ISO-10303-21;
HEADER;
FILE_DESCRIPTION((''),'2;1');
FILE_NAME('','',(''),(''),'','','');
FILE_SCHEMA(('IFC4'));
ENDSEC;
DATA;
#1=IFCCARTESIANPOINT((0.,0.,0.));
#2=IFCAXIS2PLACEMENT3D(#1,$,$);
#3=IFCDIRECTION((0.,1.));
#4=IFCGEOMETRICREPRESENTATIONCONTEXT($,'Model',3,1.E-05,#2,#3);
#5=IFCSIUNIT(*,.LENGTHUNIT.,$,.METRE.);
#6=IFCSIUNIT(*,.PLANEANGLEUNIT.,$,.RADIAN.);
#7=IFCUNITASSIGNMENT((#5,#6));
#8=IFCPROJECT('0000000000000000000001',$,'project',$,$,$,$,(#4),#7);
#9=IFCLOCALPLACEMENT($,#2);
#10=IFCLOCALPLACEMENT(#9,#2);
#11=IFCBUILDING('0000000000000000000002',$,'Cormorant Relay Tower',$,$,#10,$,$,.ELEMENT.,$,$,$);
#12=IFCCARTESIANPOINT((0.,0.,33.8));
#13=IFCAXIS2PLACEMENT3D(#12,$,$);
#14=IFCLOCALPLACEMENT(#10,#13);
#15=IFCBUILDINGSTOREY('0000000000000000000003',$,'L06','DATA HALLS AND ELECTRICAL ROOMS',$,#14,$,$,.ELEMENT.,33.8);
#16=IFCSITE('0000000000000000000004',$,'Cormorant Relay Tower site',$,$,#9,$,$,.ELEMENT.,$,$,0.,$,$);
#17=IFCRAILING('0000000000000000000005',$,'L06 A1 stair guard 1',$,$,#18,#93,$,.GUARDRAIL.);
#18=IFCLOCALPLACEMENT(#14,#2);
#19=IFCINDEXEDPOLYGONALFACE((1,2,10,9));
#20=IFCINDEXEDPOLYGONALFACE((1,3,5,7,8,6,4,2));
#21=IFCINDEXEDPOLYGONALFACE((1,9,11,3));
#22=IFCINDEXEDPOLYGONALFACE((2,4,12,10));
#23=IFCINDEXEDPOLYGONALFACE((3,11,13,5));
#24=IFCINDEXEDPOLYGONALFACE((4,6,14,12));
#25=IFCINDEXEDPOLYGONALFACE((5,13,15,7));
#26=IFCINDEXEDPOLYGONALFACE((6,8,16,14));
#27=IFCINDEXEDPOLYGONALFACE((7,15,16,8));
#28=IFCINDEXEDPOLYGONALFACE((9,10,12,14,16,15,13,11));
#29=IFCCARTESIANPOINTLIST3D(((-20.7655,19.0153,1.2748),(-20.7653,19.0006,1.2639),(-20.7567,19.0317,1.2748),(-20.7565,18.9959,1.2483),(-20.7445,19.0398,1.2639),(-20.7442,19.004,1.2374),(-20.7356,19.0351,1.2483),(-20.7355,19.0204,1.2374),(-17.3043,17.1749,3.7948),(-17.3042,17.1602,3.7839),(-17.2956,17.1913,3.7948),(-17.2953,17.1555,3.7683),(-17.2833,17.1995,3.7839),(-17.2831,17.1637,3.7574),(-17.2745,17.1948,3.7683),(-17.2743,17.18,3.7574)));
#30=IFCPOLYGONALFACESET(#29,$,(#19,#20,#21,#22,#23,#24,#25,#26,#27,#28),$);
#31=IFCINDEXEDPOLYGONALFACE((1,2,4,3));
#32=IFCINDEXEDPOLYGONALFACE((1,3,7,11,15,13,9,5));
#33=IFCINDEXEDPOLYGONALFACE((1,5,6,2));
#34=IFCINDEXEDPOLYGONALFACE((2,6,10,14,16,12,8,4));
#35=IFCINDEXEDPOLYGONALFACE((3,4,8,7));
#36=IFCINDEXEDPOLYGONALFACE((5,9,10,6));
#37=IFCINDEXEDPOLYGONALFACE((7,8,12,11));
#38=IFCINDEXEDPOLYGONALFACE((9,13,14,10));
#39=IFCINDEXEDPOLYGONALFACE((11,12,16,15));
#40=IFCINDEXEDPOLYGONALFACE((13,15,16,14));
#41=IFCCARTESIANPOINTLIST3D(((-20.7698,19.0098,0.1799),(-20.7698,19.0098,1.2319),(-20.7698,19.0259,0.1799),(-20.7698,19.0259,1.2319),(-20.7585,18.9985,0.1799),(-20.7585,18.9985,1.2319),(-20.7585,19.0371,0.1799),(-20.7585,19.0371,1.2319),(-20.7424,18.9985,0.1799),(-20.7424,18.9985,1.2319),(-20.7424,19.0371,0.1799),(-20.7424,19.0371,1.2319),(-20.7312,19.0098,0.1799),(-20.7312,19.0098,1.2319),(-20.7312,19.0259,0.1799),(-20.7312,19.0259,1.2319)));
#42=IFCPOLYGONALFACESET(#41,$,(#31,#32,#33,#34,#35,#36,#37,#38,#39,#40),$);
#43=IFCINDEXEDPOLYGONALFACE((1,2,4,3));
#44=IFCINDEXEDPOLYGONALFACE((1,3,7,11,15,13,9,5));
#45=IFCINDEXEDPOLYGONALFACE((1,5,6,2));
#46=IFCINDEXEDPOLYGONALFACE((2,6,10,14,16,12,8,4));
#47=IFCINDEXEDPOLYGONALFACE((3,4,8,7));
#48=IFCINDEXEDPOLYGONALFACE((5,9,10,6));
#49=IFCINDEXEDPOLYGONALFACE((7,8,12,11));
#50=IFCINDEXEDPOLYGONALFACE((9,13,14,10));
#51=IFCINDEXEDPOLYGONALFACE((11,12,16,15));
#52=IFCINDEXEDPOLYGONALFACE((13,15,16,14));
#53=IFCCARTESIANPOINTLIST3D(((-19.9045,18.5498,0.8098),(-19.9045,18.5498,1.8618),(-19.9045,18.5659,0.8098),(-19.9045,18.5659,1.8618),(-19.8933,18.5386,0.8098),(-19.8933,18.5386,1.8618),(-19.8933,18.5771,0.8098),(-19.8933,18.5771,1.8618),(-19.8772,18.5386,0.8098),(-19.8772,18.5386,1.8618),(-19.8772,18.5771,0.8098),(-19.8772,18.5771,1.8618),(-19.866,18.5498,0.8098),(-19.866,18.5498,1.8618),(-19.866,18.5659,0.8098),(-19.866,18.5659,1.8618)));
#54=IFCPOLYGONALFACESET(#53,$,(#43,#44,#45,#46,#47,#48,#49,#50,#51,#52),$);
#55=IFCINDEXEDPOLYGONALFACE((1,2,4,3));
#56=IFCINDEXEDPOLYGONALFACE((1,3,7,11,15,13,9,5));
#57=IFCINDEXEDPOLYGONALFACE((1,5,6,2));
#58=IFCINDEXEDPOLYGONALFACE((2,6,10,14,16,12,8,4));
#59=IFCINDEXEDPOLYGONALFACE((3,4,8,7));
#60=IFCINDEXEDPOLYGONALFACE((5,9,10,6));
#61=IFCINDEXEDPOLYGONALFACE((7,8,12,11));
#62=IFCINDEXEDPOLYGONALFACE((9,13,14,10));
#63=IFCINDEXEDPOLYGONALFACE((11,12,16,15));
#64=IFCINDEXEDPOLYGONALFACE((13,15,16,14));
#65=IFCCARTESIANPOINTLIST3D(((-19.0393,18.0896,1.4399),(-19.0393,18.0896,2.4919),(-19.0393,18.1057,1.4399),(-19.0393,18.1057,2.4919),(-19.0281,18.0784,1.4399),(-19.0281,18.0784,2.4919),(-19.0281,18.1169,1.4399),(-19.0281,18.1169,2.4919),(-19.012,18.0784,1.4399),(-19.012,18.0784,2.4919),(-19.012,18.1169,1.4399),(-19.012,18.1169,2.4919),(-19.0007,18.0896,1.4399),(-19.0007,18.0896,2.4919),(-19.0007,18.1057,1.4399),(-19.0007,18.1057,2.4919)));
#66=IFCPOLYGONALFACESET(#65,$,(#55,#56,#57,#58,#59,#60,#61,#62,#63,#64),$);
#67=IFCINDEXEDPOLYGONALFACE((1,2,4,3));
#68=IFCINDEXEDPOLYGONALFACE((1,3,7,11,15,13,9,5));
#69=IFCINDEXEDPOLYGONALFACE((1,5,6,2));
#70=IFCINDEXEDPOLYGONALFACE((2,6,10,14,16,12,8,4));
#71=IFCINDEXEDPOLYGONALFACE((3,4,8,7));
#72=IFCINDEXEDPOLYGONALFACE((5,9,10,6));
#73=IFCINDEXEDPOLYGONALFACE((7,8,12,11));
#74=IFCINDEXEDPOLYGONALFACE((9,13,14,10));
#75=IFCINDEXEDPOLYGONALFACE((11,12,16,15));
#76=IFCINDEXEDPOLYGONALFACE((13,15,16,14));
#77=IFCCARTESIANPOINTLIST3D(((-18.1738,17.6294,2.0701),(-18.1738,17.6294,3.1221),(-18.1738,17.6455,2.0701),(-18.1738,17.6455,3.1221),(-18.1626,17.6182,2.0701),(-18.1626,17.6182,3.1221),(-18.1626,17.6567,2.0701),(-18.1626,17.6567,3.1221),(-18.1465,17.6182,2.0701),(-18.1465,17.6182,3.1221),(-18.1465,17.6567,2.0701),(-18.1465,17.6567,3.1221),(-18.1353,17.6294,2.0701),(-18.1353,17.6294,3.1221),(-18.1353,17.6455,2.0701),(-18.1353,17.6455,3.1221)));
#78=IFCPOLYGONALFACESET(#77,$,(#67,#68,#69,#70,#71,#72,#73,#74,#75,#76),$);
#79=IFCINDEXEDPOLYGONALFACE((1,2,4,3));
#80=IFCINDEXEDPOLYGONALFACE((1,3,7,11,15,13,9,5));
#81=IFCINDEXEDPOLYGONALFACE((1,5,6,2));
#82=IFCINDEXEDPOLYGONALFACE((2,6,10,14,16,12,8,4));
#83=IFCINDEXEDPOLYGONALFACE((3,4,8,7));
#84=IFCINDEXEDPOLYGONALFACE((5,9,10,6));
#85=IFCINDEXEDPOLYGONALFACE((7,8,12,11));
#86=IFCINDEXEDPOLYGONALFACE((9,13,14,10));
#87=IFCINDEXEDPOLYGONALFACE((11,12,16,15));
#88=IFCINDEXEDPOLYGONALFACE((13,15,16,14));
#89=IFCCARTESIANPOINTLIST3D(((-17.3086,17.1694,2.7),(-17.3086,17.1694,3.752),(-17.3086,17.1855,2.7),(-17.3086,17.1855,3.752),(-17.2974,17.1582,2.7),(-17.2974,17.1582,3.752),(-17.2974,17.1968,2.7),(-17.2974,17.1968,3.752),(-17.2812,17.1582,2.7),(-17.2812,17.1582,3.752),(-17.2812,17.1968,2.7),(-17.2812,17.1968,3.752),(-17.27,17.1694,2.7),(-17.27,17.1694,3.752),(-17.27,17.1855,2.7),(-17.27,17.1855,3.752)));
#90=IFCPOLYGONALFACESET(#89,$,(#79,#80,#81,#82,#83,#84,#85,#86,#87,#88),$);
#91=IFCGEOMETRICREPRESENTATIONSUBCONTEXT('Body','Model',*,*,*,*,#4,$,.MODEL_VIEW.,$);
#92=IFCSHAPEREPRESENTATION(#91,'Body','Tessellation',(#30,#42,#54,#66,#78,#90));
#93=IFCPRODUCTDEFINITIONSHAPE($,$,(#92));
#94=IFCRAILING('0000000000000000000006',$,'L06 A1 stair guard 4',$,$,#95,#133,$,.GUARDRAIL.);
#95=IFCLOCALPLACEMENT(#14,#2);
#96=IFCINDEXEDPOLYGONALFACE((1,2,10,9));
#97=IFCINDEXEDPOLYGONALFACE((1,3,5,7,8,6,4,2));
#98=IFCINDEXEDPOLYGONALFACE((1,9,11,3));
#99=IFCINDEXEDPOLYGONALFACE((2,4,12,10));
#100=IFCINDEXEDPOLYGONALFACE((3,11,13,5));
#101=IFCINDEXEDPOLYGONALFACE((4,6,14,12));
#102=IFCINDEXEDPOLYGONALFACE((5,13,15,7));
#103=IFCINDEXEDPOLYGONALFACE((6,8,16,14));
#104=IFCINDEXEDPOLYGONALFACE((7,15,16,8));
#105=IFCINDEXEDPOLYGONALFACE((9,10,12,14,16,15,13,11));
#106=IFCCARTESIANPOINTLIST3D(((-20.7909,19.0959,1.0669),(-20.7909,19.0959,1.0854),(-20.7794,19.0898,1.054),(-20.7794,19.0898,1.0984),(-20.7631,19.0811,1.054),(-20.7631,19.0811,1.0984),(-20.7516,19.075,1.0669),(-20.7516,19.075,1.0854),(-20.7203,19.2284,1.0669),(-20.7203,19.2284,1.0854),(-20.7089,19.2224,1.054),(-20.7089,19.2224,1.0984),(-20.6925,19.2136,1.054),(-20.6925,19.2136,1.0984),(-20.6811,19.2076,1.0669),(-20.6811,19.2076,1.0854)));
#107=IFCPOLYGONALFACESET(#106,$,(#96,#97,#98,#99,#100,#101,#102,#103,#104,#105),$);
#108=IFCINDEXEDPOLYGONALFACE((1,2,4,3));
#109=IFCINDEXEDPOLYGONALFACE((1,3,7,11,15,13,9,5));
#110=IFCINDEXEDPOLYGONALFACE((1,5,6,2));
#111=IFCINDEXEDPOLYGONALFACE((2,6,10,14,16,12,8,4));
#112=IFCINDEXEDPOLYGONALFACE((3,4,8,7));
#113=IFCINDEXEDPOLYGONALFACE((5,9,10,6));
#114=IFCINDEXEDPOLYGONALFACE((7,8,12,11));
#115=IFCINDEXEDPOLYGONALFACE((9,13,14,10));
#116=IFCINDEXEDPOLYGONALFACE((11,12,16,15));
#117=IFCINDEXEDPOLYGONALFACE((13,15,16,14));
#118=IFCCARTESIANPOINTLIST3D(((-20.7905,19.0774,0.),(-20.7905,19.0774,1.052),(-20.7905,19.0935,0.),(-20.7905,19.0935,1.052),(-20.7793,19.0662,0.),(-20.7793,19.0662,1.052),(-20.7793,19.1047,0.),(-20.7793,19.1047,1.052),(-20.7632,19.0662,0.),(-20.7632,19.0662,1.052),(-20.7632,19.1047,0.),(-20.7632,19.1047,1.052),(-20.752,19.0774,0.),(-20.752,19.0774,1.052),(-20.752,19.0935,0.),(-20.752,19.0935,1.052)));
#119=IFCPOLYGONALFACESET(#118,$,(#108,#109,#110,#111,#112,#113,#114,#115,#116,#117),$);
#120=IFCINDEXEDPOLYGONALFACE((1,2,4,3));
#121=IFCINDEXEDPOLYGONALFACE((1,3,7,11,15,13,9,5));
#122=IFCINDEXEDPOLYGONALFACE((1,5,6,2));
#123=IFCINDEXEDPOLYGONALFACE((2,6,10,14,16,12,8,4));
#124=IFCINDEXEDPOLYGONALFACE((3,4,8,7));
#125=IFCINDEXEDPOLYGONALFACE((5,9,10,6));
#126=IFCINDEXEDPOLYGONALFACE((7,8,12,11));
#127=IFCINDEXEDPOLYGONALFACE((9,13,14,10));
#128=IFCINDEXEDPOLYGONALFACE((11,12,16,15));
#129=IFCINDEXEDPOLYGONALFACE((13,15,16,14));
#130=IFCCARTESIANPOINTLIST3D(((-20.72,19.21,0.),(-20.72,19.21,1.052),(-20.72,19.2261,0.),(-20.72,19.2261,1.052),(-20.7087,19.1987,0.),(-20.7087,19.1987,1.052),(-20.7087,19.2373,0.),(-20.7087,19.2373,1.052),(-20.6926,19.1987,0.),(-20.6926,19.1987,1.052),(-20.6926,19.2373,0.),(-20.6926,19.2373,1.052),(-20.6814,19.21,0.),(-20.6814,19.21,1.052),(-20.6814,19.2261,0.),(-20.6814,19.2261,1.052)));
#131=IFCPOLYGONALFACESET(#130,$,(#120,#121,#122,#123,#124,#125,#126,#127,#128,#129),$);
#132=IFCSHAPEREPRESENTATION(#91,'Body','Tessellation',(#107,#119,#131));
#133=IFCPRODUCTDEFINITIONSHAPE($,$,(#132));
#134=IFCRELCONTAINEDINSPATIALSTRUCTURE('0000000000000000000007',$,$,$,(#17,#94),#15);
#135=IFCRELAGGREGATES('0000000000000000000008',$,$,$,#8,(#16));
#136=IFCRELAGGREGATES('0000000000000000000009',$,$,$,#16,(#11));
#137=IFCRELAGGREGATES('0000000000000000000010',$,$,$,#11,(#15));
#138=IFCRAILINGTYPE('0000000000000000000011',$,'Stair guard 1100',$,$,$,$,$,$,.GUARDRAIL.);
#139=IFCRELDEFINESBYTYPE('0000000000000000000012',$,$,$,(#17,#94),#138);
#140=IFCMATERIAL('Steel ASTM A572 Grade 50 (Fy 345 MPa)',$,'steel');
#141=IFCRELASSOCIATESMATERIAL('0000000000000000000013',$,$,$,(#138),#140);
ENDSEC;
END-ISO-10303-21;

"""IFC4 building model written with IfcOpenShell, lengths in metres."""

from ifc_helpers import new_model, si_unit, direction, frame, origin, place, context, subcontext, project, spatial, polyline, outline, extrude, material, type_object, element, save


model = new_model("IFC4")

# Units and contexts
model_context = context("Model", 3, precision=1e-05, world=origin(), true_north=direction((0.0, 1.0)))
body_context = subcontext(model_context, "Body", "Model", "MODEL_VIEW")
ifc_project = project(units=[si_unit("LENGTHUNIT", "METRE"), si_unit("PLANEANGLEUNIT", "RADIAN")], contexts=[model_context])

# Site, building, storey
site_placement = place(None, origin())
site = spatial("IfcSite", under=ifc_project, at=site_placement, Name="Cormorant Relay Tower site", CompositionType="ELEMENT", RefElevation=0.0)
building_placement = place(site_placement, origin())
building = spatial("IfcBuilding", under=site, at=building_placement, Name="Cormorant Relay Tower", CompositionType="ELEMENT")
storey_placement = place(building_placement, frame((0.0, 0.0, 33.8)))
storey = spatial("IfcBuildingStorey", under=building, at=storey_placement, Name="L06", Description="DATA HALLS AND ELECTRICAL ROOMS", CompositionType="ELEMENT", Elevation=33.8)

# Railings
ifc_material_1 = material(Name="Steel ASTM A572 Grade 50 (Fy 345 MPa)", Category="steel")
railing_type_1 = type_object("IfcRailingType", Name="Stair guard 1100", PredefinedType="GUARDRAIL", material=ifc_material_1)
railing_1_placement = place(storey_placement, frame((-20.7505, 19.0178, 0.1799)))
element("IfcRailing", 1, at=railing_1_placement, inside=storey, type_object=railing_type_1, Name="L06 A1 stair guard 1", PredefinedType="GUARDRAIL", context=body_context, shape_type="SweptSolid", body=[
    extrude(outline(polyline([(0.0222, 0.0093), (0.0093, 0.0222), (-0.0093, 0.0222), (-0.0222, 0.0093), (-0.0222, -0.0093), (-0.0093, -0.0222), (0.0093, -0.0222), (0.0222, -0.0093), (0.0222, 0.0093)])), frame((0.0, 0.0, 1.0762), z_axis=(0.742717, -0.394907, 0.540758), x_axis=(0.469469, 0.882949, 0.0)), (0.0, 0.0, 1.0), 4.6602),
    extrude(outline(polyline([(0.0193, 0.0081), (0.0081, 0.0193), (-0.0081, 0.0193), (-0.0193, 0.0081), (-0.0193, -0.0081), (-0.0081, -0.0193), (0.0081, -0.0193), (0.0193, -0.0081), (0.0193, 0.0081)])), origin(), (0.0, 0.0, 1.0), 1.052),
    extrude(outline(polyline([(0.0193, 0.0081), (0.0081, 0.0193), (-0.0081, 0.0193), (-0.0193, 0.0081), (-0.0193, -0.0081), (-0.0081, -0.0193), (0.0081, -0.0193), (0.0193, -0.0081), (0.0193, 0.0081)])), frame((0.8652, -0.46, 0.6299)), (0.0, 0.0, 1.0), 1.052),
    extrude(outline(polyline([(0.0193, 0.0081), (0.0081, 0.0193), (-0.0081, 0.0193), (-0.0193, 0.0081), (-0.0193, -0.0081), (-0.0081, -0.0193), (0.0081, -0.0193), (0.0193, -0.0081), (0.0193, 0.0081)])), frame((1.7305, -0.9202, 1.26)), (0.0, 0.0, 1.0), 1.052),
    extrude(outline(polyline([(0.0193, 0.0081), (0.0081, 0.0193), (-0.0081, 0.0193), (-0.0193, 0.0081), (-0.0193, -0.0081), (-0.0081, -0.0193), (0.0081, -0.0193), (0.0193, -0.0081), (0.0193, 0.0081)])), frame((2.5959, -1.3804, 1.8901)), (0.0, 0.0, 1.0), 1.052),
    extrude(outline(polyline([(0.0193, 0.0081), (0.0081, 0.0193), (-0.0081, 0.0193), (-0.0193, 0.0081), (-0.0193, -0.0081), (-0.0081, -0.0193), (0.0081, -0.0193), (0.0193, -0.0081), (0.0193, 0.0081)])), frame((3.4612, -1.8403, 2.52)), (0.0, 0.0, 1.0), 1.052),
])
railing_2_placement = place(storey_placement, frame((-20.7712, 19.0854, 0.0)))
element("IfcRailing", 2, at=railing_2_placement, inside=storey, type_object=railing_type_1, Name="L06 A1 stair guard 4", PredefinedType="GUARDRAIL", context=body_context, shape_type="SweptSolid", body=[
    extrude(outline(polyline([(0.0222, 0.0093), (0.0093, 0.0222), (-0.0093, 0.0222), (-0.0222, 0.0093), (-0.0222, -0.0093), (-0.0093, -0.0222), (0.0093, -0.0222), (0.0222, -0.0093), (0.0222, 0.0093)])), frame((0.0, 0.0, 1.0762), z_axis=(0.469829, 0.882758, 0.0), x_axis=(-0.882758, 0.469829, 0.0)), (0.0, 0.0, 1.0), 0.1501),
    extrude(outline(polyline([(0.0193, 0.0081), (0.0081, 0.0193), (-0.0081, 0.0193), (-0.0193, 0.0081), (-0.0193, -0.0081), (-0.0081, -0.0193), (0.0081, -0.0193), (0.0193, -0.0081), (0.0193, 0.0081)])), origin(), (0.0, 0.0, 1.0), 1.052),
    extrude(outline(polyline([(0.0193, 0.0081), (0.0081, 0.0193), (-0.0081, 0.0193), (-0.0193, 0.0081), (-0.0193, -0.0081), (-0.0081, -0.0193), (0.0081, -0.0193), (0.0193, -0.0081), (0.0193, 0.0081)])), frame((0.0706, 0.1326, 0.0)), (0.0, 0.0, 1.0), 1.052),
])

save(model, "model.ifc")
